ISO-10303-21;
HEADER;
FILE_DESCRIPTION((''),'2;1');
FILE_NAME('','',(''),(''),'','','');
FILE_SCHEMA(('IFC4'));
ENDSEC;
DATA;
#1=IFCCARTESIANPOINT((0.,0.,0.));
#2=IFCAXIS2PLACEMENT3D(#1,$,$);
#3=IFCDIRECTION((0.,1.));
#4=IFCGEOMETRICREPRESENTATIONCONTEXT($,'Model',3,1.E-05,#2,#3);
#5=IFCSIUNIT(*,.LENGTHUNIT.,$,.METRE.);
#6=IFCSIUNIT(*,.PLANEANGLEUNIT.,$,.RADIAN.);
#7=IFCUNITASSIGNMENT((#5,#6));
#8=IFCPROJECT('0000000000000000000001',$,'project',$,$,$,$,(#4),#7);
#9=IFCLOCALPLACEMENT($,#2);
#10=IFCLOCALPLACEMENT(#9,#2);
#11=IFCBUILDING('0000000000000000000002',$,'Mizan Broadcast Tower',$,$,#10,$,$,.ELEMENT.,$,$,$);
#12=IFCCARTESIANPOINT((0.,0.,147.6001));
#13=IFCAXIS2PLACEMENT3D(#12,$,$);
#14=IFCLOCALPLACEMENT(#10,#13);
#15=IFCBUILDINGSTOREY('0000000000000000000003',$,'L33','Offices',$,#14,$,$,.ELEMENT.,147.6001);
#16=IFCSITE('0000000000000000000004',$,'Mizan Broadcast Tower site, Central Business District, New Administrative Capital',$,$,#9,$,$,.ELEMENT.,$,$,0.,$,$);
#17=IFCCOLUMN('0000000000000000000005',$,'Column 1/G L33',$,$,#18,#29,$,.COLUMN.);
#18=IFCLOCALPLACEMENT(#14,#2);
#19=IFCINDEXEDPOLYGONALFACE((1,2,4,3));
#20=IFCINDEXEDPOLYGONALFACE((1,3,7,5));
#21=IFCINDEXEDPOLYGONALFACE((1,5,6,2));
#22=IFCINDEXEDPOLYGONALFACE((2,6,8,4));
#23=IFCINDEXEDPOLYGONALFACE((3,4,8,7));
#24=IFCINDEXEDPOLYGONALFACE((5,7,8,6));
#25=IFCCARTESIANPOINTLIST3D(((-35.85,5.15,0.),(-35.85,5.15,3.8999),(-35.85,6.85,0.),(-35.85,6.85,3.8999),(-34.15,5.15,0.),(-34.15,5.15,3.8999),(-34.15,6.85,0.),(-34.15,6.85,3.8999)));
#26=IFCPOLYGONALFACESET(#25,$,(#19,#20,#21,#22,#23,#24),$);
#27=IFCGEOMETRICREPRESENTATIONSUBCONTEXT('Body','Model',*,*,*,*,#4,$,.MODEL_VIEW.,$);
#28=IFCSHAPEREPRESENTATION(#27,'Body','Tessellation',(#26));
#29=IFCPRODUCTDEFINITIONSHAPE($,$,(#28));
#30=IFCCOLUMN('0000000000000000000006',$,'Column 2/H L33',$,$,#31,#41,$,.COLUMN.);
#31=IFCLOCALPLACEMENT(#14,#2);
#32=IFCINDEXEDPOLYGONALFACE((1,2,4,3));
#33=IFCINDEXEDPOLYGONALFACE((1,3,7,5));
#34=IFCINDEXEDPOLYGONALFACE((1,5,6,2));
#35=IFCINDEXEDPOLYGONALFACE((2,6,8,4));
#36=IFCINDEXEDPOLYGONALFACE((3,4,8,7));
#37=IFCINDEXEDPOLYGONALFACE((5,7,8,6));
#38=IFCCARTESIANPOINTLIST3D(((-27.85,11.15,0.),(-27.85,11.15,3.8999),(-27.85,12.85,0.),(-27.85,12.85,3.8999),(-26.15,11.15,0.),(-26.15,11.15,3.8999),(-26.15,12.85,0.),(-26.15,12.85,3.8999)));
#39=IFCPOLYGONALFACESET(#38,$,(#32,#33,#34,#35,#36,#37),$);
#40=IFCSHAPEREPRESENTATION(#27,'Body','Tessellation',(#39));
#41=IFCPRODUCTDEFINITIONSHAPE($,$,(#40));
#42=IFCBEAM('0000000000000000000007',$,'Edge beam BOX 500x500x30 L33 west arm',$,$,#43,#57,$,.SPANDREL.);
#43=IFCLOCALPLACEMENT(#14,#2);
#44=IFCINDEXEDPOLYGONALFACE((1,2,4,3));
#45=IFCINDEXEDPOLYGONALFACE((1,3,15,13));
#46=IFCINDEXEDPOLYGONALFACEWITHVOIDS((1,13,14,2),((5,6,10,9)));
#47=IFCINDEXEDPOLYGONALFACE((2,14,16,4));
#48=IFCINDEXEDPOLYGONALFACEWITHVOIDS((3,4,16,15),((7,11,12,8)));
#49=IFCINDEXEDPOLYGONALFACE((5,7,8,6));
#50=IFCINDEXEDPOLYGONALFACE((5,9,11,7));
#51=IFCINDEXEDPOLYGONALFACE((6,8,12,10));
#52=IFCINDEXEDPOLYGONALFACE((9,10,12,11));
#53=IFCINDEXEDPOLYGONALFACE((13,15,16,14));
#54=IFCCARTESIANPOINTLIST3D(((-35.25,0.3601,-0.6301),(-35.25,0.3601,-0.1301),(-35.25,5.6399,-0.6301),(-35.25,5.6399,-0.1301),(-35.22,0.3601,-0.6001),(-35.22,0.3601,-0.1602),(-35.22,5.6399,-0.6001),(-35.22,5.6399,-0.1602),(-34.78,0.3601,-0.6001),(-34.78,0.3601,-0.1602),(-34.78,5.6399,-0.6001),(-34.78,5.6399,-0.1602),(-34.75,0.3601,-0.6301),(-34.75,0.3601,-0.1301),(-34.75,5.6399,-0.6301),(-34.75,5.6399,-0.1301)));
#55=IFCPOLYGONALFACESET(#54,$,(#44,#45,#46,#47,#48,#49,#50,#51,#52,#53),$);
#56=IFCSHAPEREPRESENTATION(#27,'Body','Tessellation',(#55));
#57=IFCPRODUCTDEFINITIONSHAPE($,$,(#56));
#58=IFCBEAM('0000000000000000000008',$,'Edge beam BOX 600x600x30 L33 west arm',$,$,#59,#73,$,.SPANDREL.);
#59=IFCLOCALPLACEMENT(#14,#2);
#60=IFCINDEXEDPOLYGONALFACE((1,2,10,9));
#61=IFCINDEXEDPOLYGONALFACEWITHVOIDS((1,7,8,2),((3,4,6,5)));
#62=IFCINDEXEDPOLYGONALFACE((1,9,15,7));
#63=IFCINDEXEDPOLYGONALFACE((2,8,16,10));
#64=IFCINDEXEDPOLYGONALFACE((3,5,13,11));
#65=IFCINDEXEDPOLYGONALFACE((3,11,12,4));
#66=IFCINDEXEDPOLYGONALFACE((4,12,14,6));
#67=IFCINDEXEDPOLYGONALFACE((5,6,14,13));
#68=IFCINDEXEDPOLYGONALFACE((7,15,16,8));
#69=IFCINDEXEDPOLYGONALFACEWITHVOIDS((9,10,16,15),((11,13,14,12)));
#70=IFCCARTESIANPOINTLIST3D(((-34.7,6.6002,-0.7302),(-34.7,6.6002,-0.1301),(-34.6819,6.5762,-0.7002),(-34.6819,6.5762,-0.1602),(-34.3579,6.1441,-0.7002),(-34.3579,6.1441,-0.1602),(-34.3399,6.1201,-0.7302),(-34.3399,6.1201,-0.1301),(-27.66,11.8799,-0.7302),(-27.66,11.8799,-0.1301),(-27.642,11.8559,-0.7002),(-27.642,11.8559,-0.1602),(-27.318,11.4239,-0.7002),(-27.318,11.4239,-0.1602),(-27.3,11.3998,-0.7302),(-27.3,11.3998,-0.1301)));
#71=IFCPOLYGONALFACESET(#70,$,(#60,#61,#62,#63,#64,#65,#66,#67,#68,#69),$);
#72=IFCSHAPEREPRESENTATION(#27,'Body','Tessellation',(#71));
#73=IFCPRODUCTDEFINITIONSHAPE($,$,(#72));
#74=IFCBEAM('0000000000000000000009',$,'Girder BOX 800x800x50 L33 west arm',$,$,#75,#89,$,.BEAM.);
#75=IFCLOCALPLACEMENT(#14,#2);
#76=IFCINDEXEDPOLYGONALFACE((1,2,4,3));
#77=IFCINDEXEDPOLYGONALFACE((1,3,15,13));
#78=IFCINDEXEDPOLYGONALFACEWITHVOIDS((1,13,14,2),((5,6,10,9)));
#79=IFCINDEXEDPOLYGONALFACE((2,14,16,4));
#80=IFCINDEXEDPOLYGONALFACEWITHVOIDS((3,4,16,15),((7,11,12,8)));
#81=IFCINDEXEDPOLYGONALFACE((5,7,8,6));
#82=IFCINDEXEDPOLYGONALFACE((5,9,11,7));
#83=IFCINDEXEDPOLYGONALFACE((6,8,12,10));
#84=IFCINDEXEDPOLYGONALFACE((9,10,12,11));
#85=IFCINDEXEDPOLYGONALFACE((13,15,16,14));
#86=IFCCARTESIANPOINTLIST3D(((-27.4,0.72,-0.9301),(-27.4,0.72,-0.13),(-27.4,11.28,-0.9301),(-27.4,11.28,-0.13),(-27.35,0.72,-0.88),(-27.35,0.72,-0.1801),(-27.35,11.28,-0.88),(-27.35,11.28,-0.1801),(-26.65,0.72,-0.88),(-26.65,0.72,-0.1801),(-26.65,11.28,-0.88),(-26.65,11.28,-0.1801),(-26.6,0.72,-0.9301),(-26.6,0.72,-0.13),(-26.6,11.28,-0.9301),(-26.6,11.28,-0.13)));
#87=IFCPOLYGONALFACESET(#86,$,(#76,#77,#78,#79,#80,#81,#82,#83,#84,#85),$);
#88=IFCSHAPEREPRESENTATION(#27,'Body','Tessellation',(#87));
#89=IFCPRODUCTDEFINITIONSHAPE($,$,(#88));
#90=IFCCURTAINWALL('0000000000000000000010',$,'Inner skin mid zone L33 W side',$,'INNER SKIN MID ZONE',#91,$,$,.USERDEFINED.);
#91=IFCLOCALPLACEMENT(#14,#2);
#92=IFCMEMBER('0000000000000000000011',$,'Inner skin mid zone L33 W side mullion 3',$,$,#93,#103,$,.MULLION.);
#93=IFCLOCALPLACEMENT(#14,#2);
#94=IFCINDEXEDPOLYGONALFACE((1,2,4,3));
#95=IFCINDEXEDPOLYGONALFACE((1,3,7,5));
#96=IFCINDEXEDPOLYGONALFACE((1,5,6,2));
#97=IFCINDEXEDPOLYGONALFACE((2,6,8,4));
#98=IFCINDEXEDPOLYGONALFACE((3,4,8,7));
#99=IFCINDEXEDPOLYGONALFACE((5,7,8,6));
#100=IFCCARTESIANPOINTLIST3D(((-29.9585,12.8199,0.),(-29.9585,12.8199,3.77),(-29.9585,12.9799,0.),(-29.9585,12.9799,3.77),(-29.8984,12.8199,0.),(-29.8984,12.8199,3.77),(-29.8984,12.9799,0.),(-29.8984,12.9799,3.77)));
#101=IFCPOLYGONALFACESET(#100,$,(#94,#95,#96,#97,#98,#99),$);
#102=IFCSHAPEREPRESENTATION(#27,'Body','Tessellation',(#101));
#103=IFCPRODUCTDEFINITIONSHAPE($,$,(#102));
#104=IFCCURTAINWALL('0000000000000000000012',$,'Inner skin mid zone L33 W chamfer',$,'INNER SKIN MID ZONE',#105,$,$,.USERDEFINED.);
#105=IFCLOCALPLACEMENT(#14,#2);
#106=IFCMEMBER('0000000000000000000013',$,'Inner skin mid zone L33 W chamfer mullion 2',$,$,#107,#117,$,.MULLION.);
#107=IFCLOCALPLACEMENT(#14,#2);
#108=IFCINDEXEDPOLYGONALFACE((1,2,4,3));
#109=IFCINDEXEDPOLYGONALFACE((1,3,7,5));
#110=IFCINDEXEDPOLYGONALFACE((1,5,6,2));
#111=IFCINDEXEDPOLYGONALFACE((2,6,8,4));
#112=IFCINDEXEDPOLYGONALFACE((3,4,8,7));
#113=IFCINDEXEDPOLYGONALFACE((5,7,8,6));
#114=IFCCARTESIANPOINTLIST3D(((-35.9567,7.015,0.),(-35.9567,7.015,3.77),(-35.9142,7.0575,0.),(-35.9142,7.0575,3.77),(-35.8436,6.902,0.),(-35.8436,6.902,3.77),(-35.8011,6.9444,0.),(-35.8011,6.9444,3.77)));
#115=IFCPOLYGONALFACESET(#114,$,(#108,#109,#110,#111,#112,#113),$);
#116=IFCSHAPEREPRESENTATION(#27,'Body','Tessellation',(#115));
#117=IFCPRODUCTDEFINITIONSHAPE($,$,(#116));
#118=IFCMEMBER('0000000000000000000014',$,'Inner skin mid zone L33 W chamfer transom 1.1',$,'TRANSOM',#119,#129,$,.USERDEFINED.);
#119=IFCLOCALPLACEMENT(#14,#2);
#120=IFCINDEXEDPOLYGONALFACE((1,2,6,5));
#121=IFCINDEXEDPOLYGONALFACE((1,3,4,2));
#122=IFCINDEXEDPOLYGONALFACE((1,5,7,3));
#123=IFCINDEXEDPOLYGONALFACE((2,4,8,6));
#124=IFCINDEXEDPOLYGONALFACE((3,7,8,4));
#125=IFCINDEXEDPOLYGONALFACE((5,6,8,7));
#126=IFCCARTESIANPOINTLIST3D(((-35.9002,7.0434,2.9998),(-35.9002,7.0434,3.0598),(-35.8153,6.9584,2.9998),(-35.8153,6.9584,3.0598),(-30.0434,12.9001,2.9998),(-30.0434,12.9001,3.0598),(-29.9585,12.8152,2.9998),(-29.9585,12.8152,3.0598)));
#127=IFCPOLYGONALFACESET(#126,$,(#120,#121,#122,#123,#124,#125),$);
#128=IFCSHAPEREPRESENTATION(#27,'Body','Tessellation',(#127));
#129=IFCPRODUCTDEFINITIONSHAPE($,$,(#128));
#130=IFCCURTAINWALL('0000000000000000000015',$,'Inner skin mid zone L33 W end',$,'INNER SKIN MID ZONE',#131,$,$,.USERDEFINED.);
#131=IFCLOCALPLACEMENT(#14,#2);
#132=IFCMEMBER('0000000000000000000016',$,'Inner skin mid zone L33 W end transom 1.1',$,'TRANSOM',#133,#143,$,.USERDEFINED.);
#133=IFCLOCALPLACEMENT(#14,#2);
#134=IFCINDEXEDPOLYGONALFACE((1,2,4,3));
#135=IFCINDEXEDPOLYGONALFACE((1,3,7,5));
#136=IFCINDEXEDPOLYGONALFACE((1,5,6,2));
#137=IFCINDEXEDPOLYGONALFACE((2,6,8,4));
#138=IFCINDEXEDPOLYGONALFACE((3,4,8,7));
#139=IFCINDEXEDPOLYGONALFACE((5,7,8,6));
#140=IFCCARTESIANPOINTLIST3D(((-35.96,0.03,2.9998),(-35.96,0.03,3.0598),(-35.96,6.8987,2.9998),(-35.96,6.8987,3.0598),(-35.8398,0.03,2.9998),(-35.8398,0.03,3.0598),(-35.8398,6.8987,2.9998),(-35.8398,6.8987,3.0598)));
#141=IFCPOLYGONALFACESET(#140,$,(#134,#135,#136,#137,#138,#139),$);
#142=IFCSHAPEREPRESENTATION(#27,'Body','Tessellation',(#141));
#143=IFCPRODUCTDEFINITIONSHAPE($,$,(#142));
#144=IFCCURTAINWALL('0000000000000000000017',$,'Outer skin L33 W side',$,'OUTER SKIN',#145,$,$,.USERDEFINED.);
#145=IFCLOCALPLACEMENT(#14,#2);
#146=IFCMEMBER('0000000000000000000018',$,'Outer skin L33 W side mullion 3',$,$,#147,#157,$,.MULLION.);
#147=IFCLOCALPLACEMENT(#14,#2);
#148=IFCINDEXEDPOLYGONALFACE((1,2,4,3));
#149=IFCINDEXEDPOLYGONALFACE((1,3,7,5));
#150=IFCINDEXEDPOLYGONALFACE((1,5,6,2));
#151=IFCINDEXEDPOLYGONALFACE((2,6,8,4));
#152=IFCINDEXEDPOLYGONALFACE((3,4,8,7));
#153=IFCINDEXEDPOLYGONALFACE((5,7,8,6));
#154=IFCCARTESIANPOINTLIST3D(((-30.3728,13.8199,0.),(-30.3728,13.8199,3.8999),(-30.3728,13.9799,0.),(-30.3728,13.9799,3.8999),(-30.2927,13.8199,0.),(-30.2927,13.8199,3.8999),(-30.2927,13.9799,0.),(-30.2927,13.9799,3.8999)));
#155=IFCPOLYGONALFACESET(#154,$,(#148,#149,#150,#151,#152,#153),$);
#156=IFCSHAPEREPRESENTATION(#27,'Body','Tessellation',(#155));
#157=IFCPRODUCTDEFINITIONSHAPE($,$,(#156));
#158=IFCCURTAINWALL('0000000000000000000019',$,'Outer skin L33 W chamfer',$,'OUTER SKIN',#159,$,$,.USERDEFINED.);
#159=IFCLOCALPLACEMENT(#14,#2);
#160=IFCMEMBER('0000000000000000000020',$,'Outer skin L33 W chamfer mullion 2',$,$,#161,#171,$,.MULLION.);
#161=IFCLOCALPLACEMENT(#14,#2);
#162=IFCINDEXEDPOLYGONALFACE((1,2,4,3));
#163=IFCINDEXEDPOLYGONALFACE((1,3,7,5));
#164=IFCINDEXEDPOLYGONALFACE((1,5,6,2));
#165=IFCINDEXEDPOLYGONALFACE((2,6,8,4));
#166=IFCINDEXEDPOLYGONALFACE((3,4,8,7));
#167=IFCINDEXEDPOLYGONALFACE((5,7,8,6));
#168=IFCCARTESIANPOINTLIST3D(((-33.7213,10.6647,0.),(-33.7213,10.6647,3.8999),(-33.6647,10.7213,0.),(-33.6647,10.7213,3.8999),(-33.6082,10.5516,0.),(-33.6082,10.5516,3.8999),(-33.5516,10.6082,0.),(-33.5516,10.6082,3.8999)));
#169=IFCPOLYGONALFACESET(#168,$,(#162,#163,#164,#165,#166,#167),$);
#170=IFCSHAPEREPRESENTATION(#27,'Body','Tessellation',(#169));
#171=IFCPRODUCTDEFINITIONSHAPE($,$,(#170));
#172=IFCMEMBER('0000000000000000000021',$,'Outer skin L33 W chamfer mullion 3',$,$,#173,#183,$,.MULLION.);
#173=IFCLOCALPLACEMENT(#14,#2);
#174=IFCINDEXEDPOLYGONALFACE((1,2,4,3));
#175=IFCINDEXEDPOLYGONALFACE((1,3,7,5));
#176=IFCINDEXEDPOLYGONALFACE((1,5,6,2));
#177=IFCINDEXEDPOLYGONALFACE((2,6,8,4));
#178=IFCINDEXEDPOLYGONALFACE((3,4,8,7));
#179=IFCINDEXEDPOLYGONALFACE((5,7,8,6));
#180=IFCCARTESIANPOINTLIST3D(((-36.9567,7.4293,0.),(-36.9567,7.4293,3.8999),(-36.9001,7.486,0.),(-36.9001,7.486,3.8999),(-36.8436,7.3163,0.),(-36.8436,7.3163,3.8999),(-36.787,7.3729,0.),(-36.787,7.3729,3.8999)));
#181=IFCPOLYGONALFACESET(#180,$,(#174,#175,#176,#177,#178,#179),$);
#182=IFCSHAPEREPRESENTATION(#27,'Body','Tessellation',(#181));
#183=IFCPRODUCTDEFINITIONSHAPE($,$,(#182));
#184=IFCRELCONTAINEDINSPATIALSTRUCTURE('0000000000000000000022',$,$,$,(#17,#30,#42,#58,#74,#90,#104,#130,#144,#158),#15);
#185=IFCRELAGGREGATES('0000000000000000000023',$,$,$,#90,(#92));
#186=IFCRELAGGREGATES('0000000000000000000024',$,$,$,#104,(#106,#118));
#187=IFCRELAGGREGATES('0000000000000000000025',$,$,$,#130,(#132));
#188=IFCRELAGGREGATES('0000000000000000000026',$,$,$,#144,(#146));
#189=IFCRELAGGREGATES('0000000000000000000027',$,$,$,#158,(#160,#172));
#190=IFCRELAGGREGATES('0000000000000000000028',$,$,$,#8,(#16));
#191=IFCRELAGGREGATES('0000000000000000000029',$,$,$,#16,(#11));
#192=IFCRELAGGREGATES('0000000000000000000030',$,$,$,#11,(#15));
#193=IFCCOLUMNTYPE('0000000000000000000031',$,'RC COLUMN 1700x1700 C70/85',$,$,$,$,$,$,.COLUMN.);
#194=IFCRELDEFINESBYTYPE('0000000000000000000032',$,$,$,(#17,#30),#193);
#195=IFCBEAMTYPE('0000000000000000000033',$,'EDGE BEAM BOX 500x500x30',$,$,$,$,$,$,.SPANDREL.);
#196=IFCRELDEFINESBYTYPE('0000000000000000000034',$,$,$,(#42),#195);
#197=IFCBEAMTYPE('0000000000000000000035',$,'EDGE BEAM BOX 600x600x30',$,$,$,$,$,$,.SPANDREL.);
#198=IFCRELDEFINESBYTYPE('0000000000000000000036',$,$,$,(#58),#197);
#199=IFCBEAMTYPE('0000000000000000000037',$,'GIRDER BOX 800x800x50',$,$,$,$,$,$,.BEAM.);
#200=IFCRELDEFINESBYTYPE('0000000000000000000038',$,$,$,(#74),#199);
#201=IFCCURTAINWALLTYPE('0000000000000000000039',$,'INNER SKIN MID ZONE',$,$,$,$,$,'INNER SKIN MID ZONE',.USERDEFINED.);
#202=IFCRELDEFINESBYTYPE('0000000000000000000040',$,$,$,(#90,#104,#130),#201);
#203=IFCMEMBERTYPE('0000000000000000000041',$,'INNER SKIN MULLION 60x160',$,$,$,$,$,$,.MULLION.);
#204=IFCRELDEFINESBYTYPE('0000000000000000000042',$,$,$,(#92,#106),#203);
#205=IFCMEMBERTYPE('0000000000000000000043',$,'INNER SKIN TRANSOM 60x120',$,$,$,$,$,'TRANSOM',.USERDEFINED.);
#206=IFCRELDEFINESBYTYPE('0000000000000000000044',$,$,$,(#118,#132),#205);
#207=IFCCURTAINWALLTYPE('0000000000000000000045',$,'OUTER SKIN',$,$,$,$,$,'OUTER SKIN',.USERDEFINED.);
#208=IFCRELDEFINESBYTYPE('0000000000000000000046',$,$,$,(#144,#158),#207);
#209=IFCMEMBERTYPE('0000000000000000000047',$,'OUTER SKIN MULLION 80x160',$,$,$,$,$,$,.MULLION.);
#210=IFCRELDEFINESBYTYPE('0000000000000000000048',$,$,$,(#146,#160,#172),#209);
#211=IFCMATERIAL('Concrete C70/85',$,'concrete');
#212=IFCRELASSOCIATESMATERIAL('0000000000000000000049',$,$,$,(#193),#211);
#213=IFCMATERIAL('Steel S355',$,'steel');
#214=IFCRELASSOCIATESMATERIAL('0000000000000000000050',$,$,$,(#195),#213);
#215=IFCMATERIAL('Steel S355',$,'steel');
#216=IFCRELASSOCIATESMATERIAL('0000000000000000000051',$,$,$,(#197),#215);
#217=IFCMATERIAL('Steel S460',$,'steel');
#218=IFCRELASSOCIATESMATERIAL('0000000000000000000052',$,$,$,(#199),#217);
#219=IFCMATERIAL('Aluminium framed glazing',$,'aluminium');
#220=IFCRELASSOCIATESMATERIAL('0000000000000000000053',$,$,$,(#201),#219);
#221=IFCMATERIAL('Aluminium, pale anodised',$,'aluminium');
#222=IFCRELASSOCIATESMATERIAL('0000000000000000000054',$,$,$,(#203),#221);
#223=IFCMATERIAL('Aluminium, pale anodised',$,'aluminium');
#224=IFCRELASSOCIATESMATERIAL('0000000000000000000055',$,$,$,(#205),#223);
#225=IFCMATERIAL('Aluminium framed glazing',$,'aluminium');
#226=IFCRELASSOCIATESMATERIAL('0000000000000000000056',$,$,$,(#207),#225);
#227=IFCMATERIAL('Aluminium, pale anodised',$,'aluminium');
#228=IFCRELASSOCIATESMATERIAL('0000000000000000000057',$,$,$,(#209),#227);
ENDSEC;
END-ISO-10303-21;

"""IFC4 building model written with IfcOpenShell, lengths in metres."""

from ifc_helpers import new_model, si_unit, direction, frame, origin, origin_2d, place, context, subcontext, project, spatial, rectangle, hollow_rectangle, extrude, material, material_profile, profile_set, type_object, element, aggregate, save


model = new_model("IFC4")

# Units and contexts
model_context = context("Model", 3, precision=1e-05, world=origin(), true_north=direction((0.0, 1.0)))
body_context = subcontext(model_context, "Body", "Model", "MODEL_VIEW")
ifc_project = project(units=[si_unit("LENGTHUNIT", "METRE"), si_unit("PLANEANGLEUNIT", "RADIAN")], contexts=[model_context])

# Site, building, storey
site_placement = place(None, origin())
site = spatial("IfcSite", under=ifc_project, at=site_placement, Name="Mizan Broadcast Tower site, Central Business District, New Administrative Capital", CompositionType="ELEMENT", RefElevation=0.0)
building_placement = place(site_placement, origin())
building = spatial("IfcBuilding", under=site, at=building_placement, Name="Mizan Broadcast Tower", CompositionType="ELEMENT")
storey_placement = place(building_placement, frame((0.0, 0.0, 147.6001)))
storey = spatial("IfcBuildingStorey", under=building, at=storey_placement, Name="L33", Description="Offices", CompositionType="ELEMENT", Elevation=147.6001)

# Columns
ifc_material_1 = material(Name="Concrete C70/85", Category="concrete")
ifc_material_profile_1 = material_profile(ifc_material_1, rectangle(XDim=1.7, YDim=1.7, at=origin_2d()), Name="RC 1700x1700")
ifc_profile_set_1 = profile_set([ifc_material_profile_1], Name="Concrete C70/85")
column_type = type_object("IfcColumnType", Name="RC COLUMN 1700x1700 C70/85", PredefinedType="COLUMN", material=ifc_profile_set_1)
for number, where, z_axis, x_axis, name in (
    (1, (-35.0, 6.0, 0.0), (0.0, 0.0, 1.0), (1.0, 0.0, 0.0), "Column 1/G L33"),
    (2, (-27.0, 12.0, 0.0), (0.0, 0.0, 1.0), (1.0, 0.0, 0.0), "Column 2/H L33"),
):
    element("IfcColumn", number, at=place(storey_placement, frame(where, z_axis=z_axis, x_axis=x_axis)), inside=storey, type_object=column_type, Name=name, PredefinedType="COLUMN", context=body_context, shape_type="SweptSolid", body=[
        extrude(rectangle(XDim=1.7, YDim=1.7, at=origin_2d()), origin(), (0.0, 0.0, 1.0), 3.8999),
    ])

# Beams
ifc_material_2 = material(Name="Steel S355", Category="steel")
ifc_material_profile_2 = material_profile(ifc_material_2, hollow_rectangle(XDim=0.5, YDim=0.5, WallThickness=0.03, at=origin_2d()), Name="BOX 500x500x30")
ifc_profile_set_2 = profile_set([ifc_material_profile_2], Name="Steel S355")
beam_type_1 = type_object("IfcBeamType", Name="EDGE BEAM BOX 500x500x30", PredefinedType="SPANDREL", material=ifc_profile_set_2)
beam_1_placement = place(storey_placement, frame((-35.0, 5.6399, -0.3801), z_axis=(0.0, -1.0, 0.0), x_axis=(1.0, 0.0, 0.0)))
element("IfcBeam", 3, at=beam_1_placement, inside=storey, type_object=beam_type_1, Name="Edge beam BOX 500x500x30 L33 west arm", PredefinedType="SPANDREL", context=body_context, shape_type="SweptSolid", body=[
    extrude(hollow_rectangle(XDim=0.5, YDim=0.5, WallThickness=0.03, at=origin_2d()), origin(), (0.0, 0.0, 1.0), 5.2798),
])
ifc_material_3 = material(Name="Steel S355", Category="steel")
ifc_material_profile_3 = material_profile(ifc_material_3, hollow_rectangle(XDim=0.6001, YDim=0.6001, WallThickness=0.03, at=origin_2d()), Name="BOX 600x600x30")
ifc_profile_set_3 = profile_set([ifc_material_profile_3], Name="Steel S355")
beam_type_2 = type_object("IfcBeamType", Name="EDGE BEAM BOX 600x600x30", PredefinedType="SPANDREL", material=ifc_profile_set_3)
beam_2_placement = place(storey_placement, frame((-27.48, 11.6399, -0.4302), z_axis=(-0.800013, -0.599982, 0.0), x_axis=(0.599982, -0.800013, 0.0)))
element("IfcBeam", 4, at=beam_2_placement, inside=storey, type_object=beam_type_2, Name="Edge beam BOX 600x600x30 L33 west arm", PredefinedType="SPANDREL", context=body_context, shape_type="SweptSolid", body=[
    extrude(hollow_rectangle(XDim=0.6001, YDim=0.6001, WallThickness=0.03, at=origin_2d()), origin(), (0.0, 0.0, 1.0), 8.7998),
])
ifc_material_4 = material(Name="Steel S460", Category="steel")
ifc_material_profile_4 = material_profile(ifc_material_4, hollow_rectangle(XDim=0.8, YDim=0.8, WallThickness=0.05, at=origin_2d()), Name="BOX 800x800x50")
ifc_profile_set_4 = profile_set([ifc_material_profile_4], Name="Steel S460")
beam_type_3 = type_object("IfcBeamType", Name="GIRDER BOX 800x800x50", PredefinedType="BEAM", material=ifc_profile_set_4)
beam_3_placement = place(storey_placement, frame((-27.0, 11.28, -0.53), z_axis=(0.0, -1.0, 0.0), x_axis=(1.0, 0.0, 0.0)))
element("IfcBeam", 5, at=beam_3_placement, inside=storey, type_object=beam_type_3, Name="Girder BOX 800x800x50 L33 west arm", PredefinedType="BEAM", context=body_context, shape_type="SweptSolid", body=[
    extrude(hollow_rectangle(XDim=0.8, YDim=0.8, WallThickness=0.05, at=origin_2d()), origin(), (0.0, 0.0, 1.0), 10.5601),
])

# Curtain wall, member
ifc_material_5 = material(Name="Aluminium framed glazing", Category="aluminium")
curtain_wall_type_1 = type_object("IfcCurtainWallType", Name="INNER SKIN MID ZONE", ElementType="INNER SKIN MID ZONE", PredefinedType="USERDEFINED", material=ifc_material_5)
curtain_wall_1_placement = place(storey_placement, origin())
curtain_wall_1 = element("IfcCurtainWall", 6, at=curtain_wall_1_placement, inside=storey, type_object=curtain_wall_type_1, Name="Inner skin mid zone L33 W side", ObjectType="INNER SKIN MID ZONE", PredefinedType="USERDEFINED")
ifc_material_6 = material(Name="Aluminium, pale anodised", Category="aluminium")
ifc_material_profile_5 = material_profile(ifc_material_6, rectangle(XDim=0.1599, YDim=0.0601, at=origin_2d()), Name="MULLION 160x60")
ifc_profile_set_5 = profile_set([ifc_material_profile_5], Name="Aluminium, pale anodised")
member_type_1 = type_object("IfcMemberType", Name="INNER SKIN MULLION 60x160", PredefinedType="MULLION", material=ifc_profile_set_5)
member_1_placement = place(storey_placement, frame((-29.9285, 12.8999, 0.0), z_axis=(0.0, 0.0, 1.0), x_axis=(0.0, -1.0, 0.0)))
member_1 = element("IfcMember", 7, at=member_1_placement, type_object=member_type_1, Name="Inner skin mid zone L33 W side mullion 3", PredefinedType="MULLION", context=body_context, shape_type="SweptSolid", body=[
    extrude(rectangle(XDim=0.1599, YDim=0.0601, at=origin_2d()), origin(), (0.0, 0.0, 1.0), 3.77),
])

# Curtain wall, members
curtain_wall_2_placement = place(storey_placement, origin())
curtain_wall_2 = element("IfcCurtainWall", 8, at=curtain_wall_2_placement, inside=storey, type_object=curtain_wall_type_1, Name="Inner skin mid zone L33 W chamfer", ObjectType="INNER SKIN MID ZONE", PredefinedType="USERDEFINED")
member_2_placement = place(storey_placement, frame((-35.8789, 6.9797, 0.0), z_axis=(0.0, 0.0, 1.0), x_axis=(0.707107, -0.707107, 0.0)))
member_2 = element("IfcMember", 9, at=member_2_placement, type_object=member_type_1, Name="Inner skin mid zone L33 W chamfer mullion 2", PredefinedType="MULLION", context=body_context, shape_type="SweptSolid", body=[
    extrude(rectangle(XDim=0.1599, YDim=0.0601, at=origin_2d()), origin(), (0.0, 0.0, 1.0), 3.77),
])
ifc_material_7 = material(Name="Aluminium, pale anodised", Category="aluminium")
ifc_material_profile_6 = material_profile(ifc_material_7, rectangle(XDim=0.1201, YDim=0.0601, at=origin_2d()), Name="TRANSOM 120x60")
ifc_profile_set_6 = profile_set([ifc_material_profile_6], Name="Aluminium, pale anodised")
member_type_2 = type_object("IfcMemberType", Name="INNER SKIN TRANSOM 60x120", ElementType="TRANSOM", PredefinedType="USERDEFINED", material=ifc_profile_set_6)
member_3_placement = place(storey_placement, frame((-30.001, 12.8577, 3.0298), z_axis=(-0.707107, -0.707107, 0.0), x_axis=(0.707107, -0.707107, 0.0)))
member_3 = element("IfcMember", 10, at=member_3_placement, type_object=member_type_2, Name="Inner skin mid zone L33 W chamfer transom 1.1", ObjectType="TRANSOM", PredefinedType="USERDEFINED", context=body_context, shape_type="SweptSolid", body=[
    extrude(rectangle(XDim=0.1201, YDim=0.0601, at=origin_2d()), origin(), (0.0, 0.0, 1.0), 8.2827),
])

# Curtain walls, members
curtain_wall_3_placement = place(storey_placement, origin())
curtain_wall_3 = element("IfcCurtainWall", 11, at=curtain_wall_3_placement, inside=storey, type_object=curtain_wall_type_1, Name="Inner skin mid zone L33 W end", ObjectType="INNER SKIN MID ZONE", PredefinedType="USERDEFINED")
member_4_placement = place(storey_placement, frame((-35.8999, 6.8987, 3.0298), z_axis=(0.0, -1.0, 0.0), x_axis=(1.0, 0.0, 0.0)))
member_4 = element("IfcMember", 12, at=member_4_placement, type_object=member_type_2, Name="Inner skin mid zone L33 W end transom 1.1", ObjectType="TRANSOM", PredefinedType="USERDEFINED", context=body_context, shape_type="SweptSolid", body=[
    extrude(rectangle(XDim=0.1201, YDim=0.0601, at=origin_2d()), origin(), (0.0, 0.0, 1.0), 6.8687),
])
ifc_material_8 = material(Name="Aluminium framed glazing", Category="aluminium")
curtain_wall_type_2 = type_object("IfcCurtainWallType", Name="OUTER SKIN", ElementType="OUTER SKIN", PredefinedType="USERDEFINED", material=ifc_material_8)
curtain_wall_4_placement = place(storey_placement, origin())
curtain_wall_4 = element("IfcCurtainWall", 13, at=curtain_wall_4_placement, inside=storey, type_object=curtain_wall_type_2, Name="Outer skin L33 W side", ObjectType="OUTER SKIN", PredefinedType="USERDEFINED")
ifc_material_9 = material(Name="Aluminium, pale anodised", Category="aluminium")
ifc_material_profile_7 = material_profile(ifc_material_9, rectangle(XDim=0.1599, YDim=0.0801, at=origin_2d()), Name="MULLION 160x80")
ifc_profile_set_7 = profile_set([ifc_material_profile_7], Name="Aluminium, pale anodised")
member_type_3 = type_object("IfcMemberType", Name="OUTER SKIN MULLION 80x160", PredefinedType="MULLION", material=ifc_profile_set_7)
member_5_placement = place(storey_placement, frame((-30.3328, 13.8999, 0.0), z_axis=(0.0, 0.0, 1.0), x_axis=(0.0, -1.0, 0.0)))
member_5 = element("IfcMember", 14, at=member_5_placement, type_object=member_type_3, Name="Outer skin L33 W side mullion 3", PredefinedType="MULLION", context=body_context, shape_type="SweptSolid", body=[
    extrude(rectangle(XDim=0.1599, YDim=0.0801, at=origin_2d()), origin(), (0.0, 0.0, 1.0), 3.8999),
])

# Curtain wall, members
curtain_wall_5_placement = place(storey_placement, origin())
curtain_wall_5 = element("IfcCurtainWall", 15, at=curtain_wall_5_placement, inside=storey, type_object=curtain_wall_type_2, Name="Outer skin L33 W chamfer", ObjectType="OUTER SKIN", PredefinedType="USERDEFINED")
member_6_placement = place(storey_placement, frame((-33.6365, 10.6365, 0.0), z_axis=(0.0, 0.0, 1.0), x_axis=(0.707107, -0.707107, 0.0)))
member_6 = element("IfcMember", 16, at=member_6_placement, type_object=member_type_3, Name="Outer skin L33 W chamfer mullion 2", PredefinedType="MULLION", context=body_context, shape_type="SweptSolid", body=[
    extrude(rectangle(XDim=0.1599, YDim=0.0801, at=origin_2d()), origin(), (0.0, 0.0, 1.0), 3.8999),
])
member_7_placement = place(storey_placement, frame((-36.8718, 7.4011, 0.0), z_axis=(0.0, 0.0, 1.0), x_axis=(0.707107, -0.707107, 0.0)))
member_7 = element("IfcMember", 17, at=member_7_placement, type_object=member_type_3, Name="Outer skin L33 W chamfer mullion 3", PredefinedType="MULLION", context=body_context, shape_type="SweptSolid", body=[
    extrude(rectangle(XDim=0.1599, YDim=0.0801, at=origin_2d()), origin(), (0.0, 0.0, 1.0), 3.8999),
])

aggregate(curtain_wall_1, [member_1])
aggregate(curtain_wall_2, [member_2, member_3])
aggregate(curtain_wall_3, [member_4])
aggregate(curtain_wall_4, [member_5])
aggregate(curtain_wall_5, [member_6, member_7])

save(model, "model.ifc")
